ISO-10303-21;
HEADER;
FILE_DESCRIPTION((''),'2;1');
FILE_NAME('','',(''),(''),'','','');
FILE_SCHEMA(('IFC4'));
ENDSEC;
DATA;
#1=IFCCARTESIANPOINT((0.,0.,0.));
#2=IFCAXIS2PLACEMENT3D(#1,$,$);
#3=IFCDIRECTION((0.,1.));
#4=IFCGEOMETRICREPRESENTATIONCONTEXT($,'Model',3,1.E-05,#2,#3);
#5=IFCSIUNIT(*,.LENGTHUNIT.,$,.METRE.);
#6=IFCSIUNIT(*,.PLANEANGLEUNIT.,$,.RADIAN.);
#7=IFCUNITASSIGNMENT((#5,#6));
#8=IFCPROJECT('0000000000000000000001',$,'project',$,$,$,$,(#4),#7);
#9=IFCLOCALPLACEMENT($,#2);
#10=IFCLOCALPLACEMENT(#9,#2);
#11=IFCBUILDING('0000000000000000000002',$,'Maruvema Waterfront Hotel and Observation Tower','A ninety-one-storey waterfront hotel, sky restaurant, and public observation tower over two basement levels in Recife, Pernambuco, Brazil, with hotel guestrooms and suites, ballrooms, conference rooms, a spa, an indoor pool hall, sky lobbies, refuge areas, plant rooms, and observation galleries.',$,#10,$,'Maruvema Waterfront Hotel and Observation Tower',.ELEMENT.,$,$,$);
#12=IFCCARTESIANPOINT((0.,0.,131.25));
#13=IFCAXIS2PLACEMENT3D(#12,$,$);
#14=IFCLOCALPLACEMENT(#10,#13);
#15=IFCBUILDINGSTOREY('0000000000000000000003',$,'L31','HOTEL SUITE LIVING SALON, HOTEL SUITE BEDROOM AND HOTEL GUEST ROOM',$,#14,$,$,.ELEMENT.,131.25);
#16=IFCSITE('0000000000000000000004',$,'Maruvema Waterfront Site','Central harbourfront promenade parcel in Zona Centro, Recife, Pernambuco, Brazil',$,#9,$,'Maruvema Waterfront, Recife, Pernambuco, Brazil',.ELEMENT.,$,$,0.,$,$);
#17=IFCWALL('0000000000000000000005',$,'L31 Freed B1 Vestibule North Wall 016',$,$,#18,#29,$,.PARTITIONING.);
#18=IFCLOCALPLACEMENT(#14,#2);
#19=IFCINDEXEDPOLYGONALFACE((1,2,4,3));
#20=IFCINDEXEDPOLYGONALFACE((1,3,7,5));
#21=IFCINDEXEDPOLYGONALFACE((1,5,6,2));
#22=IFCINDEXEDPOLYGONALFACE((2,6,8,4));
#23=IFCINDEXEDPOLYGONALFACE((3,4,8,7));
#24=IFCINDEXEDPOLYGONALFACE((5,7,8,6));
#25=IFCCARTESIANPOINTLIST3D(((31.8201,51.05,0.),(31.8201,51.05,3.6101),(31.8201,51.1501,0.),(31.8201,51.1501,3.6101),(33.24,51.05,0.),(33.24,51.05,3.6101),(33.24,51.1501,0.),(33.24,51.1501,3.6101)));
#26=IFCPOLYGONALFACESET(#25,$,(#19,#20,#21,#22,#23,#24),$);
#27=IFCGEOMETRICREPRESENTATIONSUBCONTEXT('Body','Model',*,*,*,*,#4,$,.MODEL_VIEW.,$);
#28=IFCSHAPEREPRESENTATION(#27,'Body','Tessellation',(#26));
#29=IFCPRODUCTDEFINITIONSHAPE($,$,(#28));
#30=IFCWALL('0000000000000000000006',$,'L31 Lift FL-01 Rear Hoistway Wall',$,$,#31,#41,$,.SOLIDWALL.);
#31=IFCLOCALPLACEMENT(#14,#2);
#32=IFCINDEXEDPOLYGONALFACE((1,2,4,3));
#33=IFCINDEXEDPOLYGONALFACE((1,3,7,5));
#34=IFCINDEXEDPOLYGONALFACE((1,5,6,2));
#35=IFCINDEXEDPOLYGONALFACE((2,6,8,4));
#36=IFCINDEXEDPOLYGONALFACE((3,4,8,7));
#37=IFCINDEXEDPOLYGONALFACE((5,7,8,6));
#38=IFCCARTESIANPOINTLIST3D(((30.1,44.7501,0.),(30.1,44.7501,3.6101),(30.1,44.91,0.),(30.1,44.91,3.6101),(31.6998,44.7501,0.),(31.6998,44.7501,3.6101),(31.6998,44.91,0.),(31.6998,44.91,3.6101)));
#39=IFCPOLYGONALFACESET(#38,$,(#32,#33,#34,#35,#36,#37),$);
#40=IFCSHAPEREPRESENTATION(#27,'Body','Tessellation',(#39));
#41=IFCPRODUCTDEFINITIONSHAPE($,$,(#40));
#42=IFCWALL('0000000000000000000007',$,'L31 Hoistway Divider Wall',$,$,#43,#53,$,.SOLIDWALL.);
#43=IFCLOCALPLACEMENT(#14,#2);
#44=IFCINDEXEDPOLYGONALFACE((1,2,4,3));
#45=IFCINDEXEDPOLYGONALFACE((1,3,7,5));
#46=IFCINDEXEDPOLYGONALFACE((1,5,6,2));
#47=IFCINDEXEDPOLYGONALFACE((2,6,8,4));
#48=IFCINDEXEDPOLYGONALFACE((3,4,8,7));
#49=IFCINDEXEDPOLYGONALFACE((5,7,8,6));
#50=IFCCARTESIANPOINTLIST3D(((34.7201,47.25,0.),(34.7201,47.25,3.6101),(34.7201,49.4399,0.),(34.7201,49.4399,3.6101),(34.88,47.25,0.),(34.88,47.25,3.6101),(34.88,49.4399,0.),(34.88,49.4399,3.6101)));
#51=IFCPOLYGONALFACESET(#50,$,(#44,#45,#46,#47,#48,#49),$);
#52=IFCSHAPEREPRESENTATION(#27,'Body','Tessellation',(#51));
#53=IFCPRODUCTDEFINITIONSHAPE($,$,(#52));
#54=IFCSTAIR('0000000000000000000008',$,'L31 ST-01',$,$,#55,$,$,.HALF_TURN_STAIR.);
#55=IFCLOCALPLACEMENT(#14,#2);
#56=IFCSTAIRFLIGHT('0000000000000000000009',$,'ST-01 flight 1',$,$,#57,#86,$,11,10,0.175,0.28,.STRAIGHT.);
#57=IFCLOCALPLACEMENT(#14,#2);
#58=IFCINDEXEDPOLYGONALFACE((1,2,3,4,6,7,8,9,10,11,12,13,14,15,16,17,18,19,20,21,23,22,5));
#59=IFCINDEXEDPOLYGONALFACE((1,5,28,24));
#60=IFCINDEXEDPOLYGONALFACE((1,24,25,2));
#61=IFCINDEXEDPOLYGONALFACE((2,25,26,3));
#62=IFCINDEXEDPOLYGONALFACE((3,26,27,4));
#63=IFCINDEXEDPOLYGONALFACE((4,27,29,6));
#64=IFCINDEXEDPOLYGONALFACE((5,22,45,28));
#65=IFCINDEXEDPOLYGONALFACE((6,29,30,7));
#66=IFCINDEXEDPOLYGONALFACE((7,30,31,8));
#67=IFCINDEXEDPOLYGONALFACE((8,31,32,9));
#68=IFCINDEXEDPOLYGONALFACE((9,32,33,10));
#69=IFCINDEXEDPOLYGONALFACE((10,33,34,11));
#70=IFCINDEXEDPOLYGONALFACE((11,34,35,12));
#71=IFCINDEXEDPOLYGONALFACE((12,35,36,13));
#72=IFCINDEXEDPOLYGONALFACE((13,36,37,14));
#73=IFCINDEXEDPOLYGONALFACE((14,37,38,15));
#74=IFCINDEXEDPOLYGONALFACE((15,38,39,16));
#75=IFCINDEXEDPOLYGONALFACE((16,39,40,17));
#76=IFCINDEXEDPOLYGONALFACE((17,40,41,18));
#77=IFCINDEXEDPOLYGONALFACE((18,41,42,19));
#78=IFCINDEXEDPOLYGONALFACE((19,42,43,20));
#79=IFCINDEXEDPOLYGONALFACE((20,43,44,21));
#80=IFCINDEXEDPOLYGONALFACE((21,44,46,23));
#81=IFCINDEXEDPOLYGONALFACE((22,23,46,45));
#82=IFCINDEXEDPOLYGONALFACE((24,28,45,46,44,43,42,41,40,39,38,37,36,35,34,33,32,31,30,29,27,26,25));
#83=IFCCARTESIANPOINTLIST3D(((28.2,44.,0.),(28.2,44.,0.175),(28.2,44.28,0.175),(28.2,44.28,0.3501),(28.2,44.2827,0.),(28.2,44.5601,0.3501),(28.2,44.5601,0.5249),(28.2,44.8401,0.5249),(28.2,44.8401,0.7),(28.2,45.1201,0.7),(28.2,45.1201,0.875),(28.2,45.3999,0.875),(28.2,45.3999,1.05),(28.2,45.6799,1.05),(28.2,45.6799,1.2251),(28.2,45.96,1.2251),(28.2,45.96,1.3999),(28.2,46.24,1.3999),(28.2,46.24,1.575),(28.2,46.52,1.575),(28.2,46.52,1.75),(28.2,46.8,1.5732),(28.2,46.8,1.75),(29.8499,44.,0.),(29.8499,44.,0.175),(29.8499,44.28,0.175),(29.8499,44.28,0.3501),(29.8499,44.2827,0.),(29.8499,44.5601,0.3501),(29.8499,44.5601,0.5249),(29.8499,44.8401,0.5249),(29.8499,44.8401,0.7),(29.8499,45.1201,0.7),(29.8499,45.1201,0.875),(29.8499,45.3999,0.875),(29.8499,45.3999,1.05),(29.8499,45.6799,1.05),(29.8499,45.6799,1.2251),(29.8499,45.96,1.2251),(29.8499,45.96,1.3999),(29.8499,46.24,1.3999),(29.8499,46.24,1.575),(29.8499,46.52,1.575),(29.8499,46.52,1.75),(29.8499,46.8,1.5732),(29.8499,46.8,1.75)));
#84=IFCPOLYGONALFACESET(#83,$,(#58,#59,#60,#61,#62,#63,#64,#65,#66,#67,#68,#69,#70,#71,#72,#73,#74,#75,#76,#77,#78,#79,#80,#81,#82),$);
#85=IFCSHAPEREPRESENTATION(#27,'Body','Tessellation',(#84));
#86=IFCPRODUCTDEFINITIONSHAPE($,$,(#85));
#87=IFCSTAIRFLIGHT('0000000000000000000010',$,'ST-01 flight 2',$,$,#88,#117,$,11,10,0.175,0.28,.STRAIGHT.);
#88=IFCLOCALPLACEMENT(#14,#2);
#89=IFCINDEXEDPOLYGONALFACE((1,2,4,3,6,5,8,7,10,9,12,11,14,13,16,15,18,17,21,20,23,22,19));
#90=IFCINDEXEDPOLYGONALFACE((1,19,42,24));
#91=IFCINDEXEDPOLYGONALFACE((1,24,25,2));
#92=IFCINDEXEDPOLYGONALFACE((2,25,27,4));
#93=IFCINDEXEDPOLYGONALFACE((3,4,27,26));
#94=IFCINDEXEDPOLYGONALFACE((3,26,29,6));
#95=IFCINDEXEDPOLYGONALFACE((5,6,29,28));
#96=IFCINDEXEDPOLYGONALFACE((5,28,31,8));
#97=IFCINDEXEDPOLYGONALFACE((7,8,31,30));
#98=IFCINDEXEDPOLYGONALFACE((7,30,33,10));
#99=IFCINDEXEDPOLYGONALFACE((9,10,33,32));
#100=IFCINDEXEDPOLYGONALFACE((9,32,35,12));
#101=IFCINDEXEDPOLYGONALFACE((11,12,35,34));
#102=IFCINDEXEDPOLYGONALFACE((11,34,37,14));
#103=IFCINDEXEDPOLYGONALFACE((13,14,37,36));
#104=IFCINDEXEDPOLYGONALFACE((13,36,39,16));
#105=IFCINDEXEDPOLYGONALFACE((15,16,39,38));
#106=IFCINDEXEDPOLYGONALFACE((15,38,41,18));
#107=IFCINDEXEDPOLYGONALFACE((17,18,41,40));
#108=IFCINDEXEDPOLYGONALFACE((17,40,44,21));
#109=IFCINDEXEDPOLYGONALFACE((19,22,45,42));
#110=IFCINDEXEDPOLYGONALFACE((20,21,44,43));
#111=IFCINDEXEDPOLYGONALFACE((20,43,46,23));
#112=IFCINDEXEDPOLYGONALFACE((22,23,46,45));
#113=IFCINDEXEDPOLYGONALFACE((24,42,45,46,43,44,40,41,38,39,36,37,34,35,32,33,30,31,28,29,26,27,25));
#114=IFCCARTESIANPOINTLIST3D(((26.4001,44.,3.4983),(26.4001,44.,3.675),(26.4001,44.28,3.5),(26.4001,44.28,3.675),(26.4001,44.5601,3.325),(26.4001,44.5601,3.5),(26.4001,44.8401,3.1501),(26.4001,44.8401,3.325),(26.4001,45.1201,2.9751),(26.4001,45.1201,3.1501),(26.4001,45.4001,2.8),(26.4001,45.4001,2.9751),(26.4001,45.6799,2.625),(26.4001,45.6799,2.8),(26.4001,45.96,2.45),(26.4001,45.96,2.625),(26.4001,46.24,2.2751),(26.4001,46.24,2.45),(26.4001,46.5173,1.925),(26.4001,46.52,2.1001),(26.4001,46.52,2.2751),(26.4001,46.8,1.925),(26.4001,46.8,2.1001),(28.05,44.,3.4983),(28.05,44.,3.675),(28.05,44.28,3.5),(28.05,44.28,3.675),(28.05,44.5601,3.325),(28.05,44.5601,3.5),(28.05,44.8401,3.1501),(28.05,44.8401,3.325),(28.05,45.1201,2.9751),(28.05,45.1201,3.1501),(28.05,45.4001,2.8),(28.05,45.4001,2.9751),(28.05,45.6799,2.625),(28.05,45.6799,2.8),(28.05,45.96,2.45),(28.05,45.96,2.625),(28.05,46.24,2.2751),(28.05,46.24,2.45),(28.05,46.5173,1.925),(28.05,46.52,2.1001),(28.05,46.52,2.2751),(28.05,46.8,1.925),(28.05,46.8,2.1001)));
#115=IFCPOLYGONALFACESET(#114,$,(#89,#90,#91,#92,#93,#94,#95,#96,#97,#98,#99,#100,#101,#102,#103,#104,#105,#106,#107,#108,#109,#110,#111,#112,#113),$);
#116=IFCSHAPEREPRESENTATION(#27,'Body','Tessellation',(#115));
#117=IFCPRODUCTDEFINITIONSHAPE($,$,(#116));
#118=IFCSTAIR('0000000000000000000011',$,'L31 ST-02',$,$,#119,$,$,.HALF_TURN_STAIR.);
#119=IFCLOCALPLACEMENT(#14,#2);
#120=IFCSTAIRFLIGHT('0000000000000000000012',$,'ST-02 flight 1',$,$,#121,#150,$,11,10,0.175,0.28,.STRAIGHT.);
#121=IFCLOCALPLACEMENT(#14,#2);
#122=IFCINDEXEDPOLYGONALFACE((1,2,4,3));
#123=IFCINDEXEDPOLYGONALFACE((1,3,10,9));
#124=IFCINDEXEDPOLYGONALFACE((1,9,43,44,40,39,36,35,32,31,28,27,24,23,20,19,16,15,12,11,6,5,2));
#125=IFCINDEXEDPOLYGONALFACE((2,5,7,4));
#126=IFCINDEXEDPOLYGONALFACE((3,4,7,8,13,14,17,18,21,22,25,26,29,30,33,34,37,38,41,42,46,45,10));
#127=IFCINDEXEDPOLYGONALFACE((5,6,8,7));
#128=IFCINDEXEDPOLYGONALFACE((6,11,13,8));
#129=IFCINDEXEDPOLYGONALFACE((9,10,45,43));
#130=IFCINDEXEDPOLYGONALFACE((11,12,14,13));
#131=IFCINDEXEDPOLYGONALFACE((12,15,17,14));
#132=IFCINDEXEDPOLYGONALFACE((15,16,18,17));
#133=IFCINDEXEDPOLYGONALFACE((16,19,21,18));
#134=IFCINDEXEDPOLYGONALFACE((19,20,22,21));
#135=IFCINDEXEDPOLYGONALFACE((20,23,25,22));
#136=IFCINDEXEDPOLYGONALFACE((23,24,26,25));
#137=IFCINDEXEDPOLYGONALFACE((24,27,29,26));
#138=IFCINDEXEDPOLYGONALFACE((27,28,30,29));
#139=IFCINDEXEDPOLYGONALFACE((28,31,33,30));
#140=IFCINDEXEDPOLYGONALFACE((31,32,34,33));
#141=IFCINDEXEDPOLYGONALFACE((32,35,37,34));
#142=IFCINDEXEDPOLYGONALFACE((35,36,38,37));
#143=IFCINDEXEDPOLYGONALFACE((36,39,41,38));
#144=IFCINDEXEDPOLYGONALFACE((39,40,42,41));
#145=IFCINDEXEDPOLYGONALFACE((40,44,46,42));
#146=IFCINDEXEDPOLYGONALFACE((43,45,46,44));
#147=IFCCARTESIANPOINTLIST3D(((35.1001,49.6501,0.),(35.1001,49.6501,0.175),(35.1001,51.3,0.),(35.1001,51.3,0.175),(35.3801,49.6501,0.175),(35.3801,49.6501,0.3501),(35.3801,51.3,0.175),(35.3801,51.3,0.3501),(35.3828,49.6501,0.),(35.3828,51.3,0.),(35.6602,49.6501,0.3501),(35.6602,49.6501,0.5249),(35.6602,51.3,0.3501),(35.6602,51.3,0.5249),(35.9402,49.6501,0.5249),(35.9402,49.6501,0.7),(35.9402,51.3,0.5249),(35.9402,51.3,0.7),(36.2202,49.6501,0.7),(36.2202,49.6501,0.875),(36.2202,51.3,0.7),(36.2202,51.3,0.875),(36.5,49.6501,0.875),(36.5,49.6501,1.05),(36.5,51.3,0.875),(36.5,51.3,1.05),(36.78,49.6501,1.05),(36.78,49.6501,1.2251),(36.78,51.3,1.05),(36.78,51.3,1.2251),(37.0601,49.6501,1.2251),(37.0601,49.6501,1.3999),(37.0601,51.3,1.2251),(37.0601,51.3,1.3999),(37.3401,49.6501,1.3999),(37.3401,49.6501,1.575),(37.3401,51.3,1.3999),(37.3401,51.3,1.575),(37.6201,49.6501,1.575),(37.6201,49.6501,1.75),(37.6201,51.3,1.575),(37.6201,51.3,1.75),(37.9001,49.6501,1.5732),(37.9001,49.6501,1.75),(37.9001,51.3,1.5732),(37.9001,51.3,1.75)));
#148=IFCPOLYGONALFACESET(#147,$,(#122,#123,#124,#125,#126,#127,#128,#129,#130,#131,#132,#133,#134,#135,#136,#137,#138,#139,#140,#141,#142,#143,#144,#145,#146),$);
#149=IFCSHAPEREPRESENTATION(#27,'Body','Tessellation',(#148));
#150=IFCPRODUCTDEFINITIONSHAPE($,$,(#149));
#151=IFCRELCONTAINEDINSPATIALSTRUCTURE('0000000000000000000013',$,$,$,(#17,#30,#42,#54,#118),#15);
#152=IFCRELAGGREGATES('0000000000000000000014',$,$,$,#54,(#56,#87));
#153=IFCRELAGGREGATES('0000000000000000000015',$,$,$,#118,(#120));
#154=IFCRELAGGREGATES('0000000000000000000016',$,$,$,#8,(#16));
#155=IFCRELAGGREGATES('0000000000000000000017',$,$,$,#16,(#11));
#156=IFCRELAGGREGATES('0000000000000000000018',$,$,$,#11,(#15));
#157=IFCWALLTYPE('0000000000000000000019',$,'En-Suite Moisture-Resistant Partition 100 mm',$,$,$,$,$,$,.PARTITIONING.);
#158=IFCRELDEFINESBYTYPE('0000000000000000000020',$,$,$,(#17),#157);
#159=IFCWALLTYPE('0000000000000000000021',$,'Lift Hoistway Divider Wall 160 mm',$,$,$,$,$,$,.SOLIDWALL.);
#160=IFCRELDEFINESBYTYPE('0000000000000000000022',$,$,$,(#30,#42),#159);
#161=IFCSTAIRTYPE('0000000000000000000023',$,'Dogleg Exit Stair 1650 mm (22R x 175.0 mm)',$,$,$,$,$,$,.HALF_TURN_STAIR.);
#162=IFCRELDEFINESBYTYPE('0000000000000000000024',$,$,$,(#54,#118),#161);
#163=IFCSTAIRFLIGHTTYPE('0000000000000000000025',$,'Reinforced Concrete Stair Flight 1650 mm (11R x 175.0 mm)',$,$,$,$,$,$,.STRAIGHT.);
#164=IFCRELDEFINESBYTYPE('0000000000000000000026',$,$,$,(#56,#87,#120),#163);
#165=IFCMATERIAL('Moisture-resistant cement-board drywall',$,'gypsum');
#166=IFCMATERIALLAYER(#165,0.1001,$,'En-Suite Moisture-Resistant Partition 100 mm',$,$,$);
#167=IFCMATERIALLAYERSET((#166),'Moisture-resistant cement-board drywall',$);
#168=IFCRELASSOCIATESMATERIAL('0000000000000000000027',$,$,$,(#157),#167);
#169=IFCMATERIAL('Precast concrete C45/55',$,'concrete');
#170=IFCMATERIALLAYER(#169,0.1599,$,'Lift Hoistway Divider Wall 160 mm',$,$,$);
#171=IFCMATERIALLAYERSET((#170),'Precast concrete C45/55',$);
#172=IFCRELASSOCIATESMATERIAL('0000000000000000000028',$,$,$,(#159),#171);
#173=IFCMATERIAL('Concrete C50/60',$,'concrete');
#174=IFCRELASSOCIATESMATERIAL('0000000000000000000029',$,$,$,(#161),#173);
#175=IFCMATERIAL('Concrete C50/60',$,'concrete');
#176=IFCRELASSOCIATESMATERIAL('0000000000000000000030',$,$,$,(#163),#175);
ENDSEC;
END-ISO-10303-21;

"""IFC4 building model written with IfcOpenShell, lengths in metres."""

from ifc_helpers import new_model, si_unit, direction, frame, frame_2d, origin, place, context, subcontext, project, spatial, polyline, rectangle, outline, extrude, material, layer, layer_set, type_object, element, aggregate, save


model = new_model("IFC4")

# Units and contexts
model_context = context("Model", 3, precision=1e-05, world=origin(), true_north=direction((0.0, 1.0)))
body_context = subcontext(model_context, "Body", "Model", "MODEL_VIEW")
ifc_project = project(units=[si_unit("LENGTHUNIT", "METRE"), si_unit("PLANEANGLEUNIT", "RADIAN")], contexts=[model_context])

# Site, building, storey
site_placement = place(None, origin())
site = spatial("IfcSite", under=ifc_project, at=site_placement, Name="Maruvema Waterfront Site", Description="Central harbourfront promenade parcel in Zona Centro, Recife, Pernambuco, Brazil", LongName="Maruvema Waterfront, Recife, Pernambuco, Brazil", CompositionType="ELEMENT", RefElevation=0.0)
building_placement = place(site_placement, origin())
building = spatial("IfcBuilding", under=site, at=building_placement, Name="Maruvema Waterfront Hotel and Observation Tower", Description="A ninety-one-storey waterfront hotel, sky restaurant, and public observation tower over two basement levels in Recife, Pernambuco, Brazil, with hotel guestrooms and suites, ballrooms, conference rooms, a spa, an indoor pool hall, sky lobbies, refuge areas, plant rooms, and observation galleries.", LongName="Maruvema Waterfront Hotel and Observation Tower", CompositionType="ELEMENT")
storey_placement = place(building_placement, frame((0.0, 0.0, 131.25)))
storey = spatial("IfcBuildingStorey", under=building, at=storey_placement, Name="L31", Description="HOTEL SUITE LIVING SALON, HOTEL SUITE BEDROOM AND HOTEL GUEST ROOM", CompositionType="ELEMENT", Elevation=131.25)

# Shared definitions
ifc_material_1 = material(Name="Moisture-resistant cement-board drywall", Category="gypsum")
ifc_layer_1 = layer(ifc_material_1, 0.1001, Name="En-Suite Moisture-Resistant Partition 100 mm")
ifc_layer_set_1 = layer_set([ifc_layer_1], Name="Moisture-resistant cement-board drywall")
wall_type_1 = type_object("IfcWallType", Name="En-Suite Moisture-Resistant Partition 100 mm", PredefinedType="PARTITIONING", material=ifc_layer_set_1)

# Walls
wall_1_placement = place(storey_placement, frame((31.8201, 51.1001, 0.0), z_axis=(0.0, 0.0, 1.0), x_axis=(1.0, 0.0, 0.0)))
element("IfcWall", 1, at=wall_1_placement, inside=storey, type_object=wall_type_1, Name="L31 Freed B1 Vestibule North Wall 016", PredefinedType="PARTITIONING", context=body_context, shape_type="SweptSolid", body=[
    extrude(rectangle(XDim=1.4199, YDim=0.1001, at=frame_2d((0.71, 0.0))), origin(), (0.0, 0.0, 1.0), 3.6101),
])
ifc_material_2 = material(Name="Precast concrete C45/55", Category="concrete")
ifc_layer_2 = layer(ifc_material_2, 0.1599, Name="Lift Hoistway Divider Wall 160 mm")
ifc_layer_set_2 = layer_set([ifc_layer_2], Name="Precast concrete C45/55")
wall_type_2 = type_object("IfcWallType", Name="Lift Hoistway Divider Wall 160 mm", PredefinedType="SOLIDWALL", material=ifc_layer_set_2)
wall_2_placement = place(storey_placement, frame((30.1001, 44.8301, 0.0), z_axis=(0.0, 0.0, 1.0), x_axis=(1.0, 0.0, 0.0)))
element("IfcWall", 2, at=wall_2_placement, inside=storey, type_object=wall_type_2, Name="L31 Lift FL-01 Rear Hoistway Wall", PredefinedType="SOLIDWALL", context=body_context, shape_type="SweptSolid", body=[
    extrude(rectangle(XDim=1.5999, YDim=0.1599, at=frame_2d((0.7998, 0.0))), origin(), (0.0, 0.0, 1.0), 3.6101),
])
wall_3_placement = place(storey_placement, frame((34.8, 47.25, 0.0), z_axis=(0.0, 0.0, 1.0), x_axis=(0.0, 1.0, 0.0)))
element("IfcWall", 3, at=wall_3_placement, inside=storey, type_object=wall_type_2, Name="L31 Hoistway Divider Wall", PredefinedType="SOLIDWALL", context=body_context, shape_type="SweptSolid", body=[
    extrude(rectangle(XDim=2.1899, YDim=0.1599, at=frame_2d((1.095, 0.0))), origin(), (0.0, 0.0, 1.0), 3.6101),
])

# Stair, stair flights
ifc_material_3 = material(Name="Concrete C50/60", Category="concrete")
stair_type = type_object("IfcStairType", Name="Dogleg Exit Stair 1650 mm (22R x 175.0 mm)", PredefinedType="HALF_TURN_STAIR", material=ifc_material_3)
stair_1_placement = place(storey_placement, origin())
stair_1 = element("IfcStair", 4, at=stair_1_placement, inside=storey, type_object=stair_type, Name="L31 ST-01", PredefinedType="HALF_TURN_STAIR")
ifc_material_4 = material(Name="Concrete C50/60", Category="concrete")
stair_flight_type = type_object("IfcStairFlightType", Name="Reinforced Concrete Stair Flight 1650 mm (11R x 175.0 mm)", PredefinedType="STRAIGHT", material=ifc_material_4)
stair_flight_1_placement = place(storey_placement, frame((29.0249, 44.0, 0.0), z_axis=(0.0, 0.0, 1.0), x_axis=(0.0, 1.0, 0.0)))
stair_flight_1 = element("IfcStairFlight", 5, at=stair_flight_1_placement, type_object=stair_flight_type, Name="ST-01 flight 1", NumberOfRisers=11, NumberOfTreads=10, PredefinedType="STRAIGHT", RiserHeight=0.175, TreadLength=0.28, context=body_context, shape_type="SweptSolid", body=[
    extrude(outline(polyline([(0.0, 0.0), (0.0, 0.175), (0.28, 0.175), (0.28, 0.3501), (0.5601, 0.3501), (0.5601, 0.5249), (0.8401, 0.5249), (0.8401, 0.7), (1.1201, 0.7), (1.1201, 0.875), (1.3999, 0.875), (1.3999, 1.05), (1.6799, 1.05), (1.6799, 1.2251), (1.96, 1.2251), (1.96, 1.3999), (2.24, 1.3999), (2.24, 1.575), (2.52, 1.575), (2.52, 1.75), (2.8, 1.75), (2.8, 1.925), (2.8, 1.5732), (0.2827, 0.0), (0.0, 0.0)])), frame((0.0, 0.825, 0.0), z_axis=(0.0, -1.0, 0.0), x_axis=(1.0, 0.0, 0.0)), (0.0, 0.0, 1.0), 1.6499),
])
stair_flight_2_placement = place(storey_placement, frame((27.2251, 46.8, 1.925), z_axis=(0.0, 0.0, 1.0), x_axis=(0.0, -1.0, 0.0)))
stair_flight_2 = element("IfcStairFlight", 6, at=stair_flight_2_placement, type_object=stair_flight_type, Name="ST-01 flight 2", NumberOfRisers=11, NumberOfTreads=10, PredefinedType="STRAIGHT", RiserHeight=0.175, TreadLength=0.28, context=body_context, shape_type="SweptSolid", body=[
    extrude(outline(polyline([(0.0, 0.0), (0.0, 0.175), (0.28, 0.175), (0.28, 0.3501), (0.5601, 0.3501), (0.5601, 0.5249), (0.8401, 0.5249), (0.8401, 0.7), (1.1201, 0.7), (1.1201, 0.875), (1.3999, 0.875), (1.3999, 1.05), (1.6799, 1.05), (1.6799, 1.2251), (1.96, 1.2251), (1.96, 1.3999), (2.24, 1.3999), (2.24, 1.575), (2.52, 1.575), (2.52, 1.75), (2.8, 1.75), (2.8, 1.925), (2.8, 1.5732), (0.2827, 0.0), (0.0, 0.0)])), frame((0.0, 0.825, 0.0), z_axis=(0.0, -1.0, 0.0), x_axis=(1.0, 0.0, 0.0)), (0.0, 0.0, 1.0), 1.6499),
])
aggregate(stair_1, [stair_flight_1, stair_flight_2])

# Stair, stair flight
stair_2_placement = place(storey_placement, origin())
stair_2 = element("IfcStair", 7, at=stair_2_placement, inside=storey, type_object=stair_type, Name="L31 ST-02", PredefinedType="HALF_TURN_STAIR")
stair_flight_3_placement = place(storey_placement, frame((35.1001, 50.4751, 0.0), z_axis=(0.0, 0.0, 1.0), x_axis=(1.0, 0.0, 0.0)))
stair_flight_3 = element("IfcStairFlight", 8, at=stair_flight_3_placement, type_object=stair_flight_type, Name="ST-02 flight 1", NumberOfRisers=11, NumberOfTreads=10, PredefinedType="STRAIGHT", RiserHeight=0.175, TreadLength=0.28, context=body_context, shape_type="SweptSolid", body=[
    extrude(outline(polyline([(0.0, 0.0), (0.0, 0.175), (0.28, 0.175), (0.28, 0.3501), (0.5601, 0.3501), (0.5601, 0.5249), (0.8401, 0.5249), (0.8401, 0.7), (1.1201, 0.7), (1.1201, 0.875), (1.3999, 0.875), (1.3999, 1.05), (1.6799, 1.05), (1.6799, 1.2251), (1.96, 1.2251), (1.96, 1.3999), (2.24, 1.3999), (2.24, 1.575), (2.52, 1.575), (2.52, 1.75), (2.8, 1.75), (2.8, 1.925), (2.8, 1.5732), (0.2827, 0.0), (0.0, 0.0)])), frame((0.0, 0.825, 0.0), z_axis=(0.0, -1.0, 0.0), x_axis=(1.0, 0.0, 0.0)), (0.0, 0.0, 1.0), 1.6499),
])
aggregate(stair_2, [stair_flight_3])

save(model, "model.ifc")
